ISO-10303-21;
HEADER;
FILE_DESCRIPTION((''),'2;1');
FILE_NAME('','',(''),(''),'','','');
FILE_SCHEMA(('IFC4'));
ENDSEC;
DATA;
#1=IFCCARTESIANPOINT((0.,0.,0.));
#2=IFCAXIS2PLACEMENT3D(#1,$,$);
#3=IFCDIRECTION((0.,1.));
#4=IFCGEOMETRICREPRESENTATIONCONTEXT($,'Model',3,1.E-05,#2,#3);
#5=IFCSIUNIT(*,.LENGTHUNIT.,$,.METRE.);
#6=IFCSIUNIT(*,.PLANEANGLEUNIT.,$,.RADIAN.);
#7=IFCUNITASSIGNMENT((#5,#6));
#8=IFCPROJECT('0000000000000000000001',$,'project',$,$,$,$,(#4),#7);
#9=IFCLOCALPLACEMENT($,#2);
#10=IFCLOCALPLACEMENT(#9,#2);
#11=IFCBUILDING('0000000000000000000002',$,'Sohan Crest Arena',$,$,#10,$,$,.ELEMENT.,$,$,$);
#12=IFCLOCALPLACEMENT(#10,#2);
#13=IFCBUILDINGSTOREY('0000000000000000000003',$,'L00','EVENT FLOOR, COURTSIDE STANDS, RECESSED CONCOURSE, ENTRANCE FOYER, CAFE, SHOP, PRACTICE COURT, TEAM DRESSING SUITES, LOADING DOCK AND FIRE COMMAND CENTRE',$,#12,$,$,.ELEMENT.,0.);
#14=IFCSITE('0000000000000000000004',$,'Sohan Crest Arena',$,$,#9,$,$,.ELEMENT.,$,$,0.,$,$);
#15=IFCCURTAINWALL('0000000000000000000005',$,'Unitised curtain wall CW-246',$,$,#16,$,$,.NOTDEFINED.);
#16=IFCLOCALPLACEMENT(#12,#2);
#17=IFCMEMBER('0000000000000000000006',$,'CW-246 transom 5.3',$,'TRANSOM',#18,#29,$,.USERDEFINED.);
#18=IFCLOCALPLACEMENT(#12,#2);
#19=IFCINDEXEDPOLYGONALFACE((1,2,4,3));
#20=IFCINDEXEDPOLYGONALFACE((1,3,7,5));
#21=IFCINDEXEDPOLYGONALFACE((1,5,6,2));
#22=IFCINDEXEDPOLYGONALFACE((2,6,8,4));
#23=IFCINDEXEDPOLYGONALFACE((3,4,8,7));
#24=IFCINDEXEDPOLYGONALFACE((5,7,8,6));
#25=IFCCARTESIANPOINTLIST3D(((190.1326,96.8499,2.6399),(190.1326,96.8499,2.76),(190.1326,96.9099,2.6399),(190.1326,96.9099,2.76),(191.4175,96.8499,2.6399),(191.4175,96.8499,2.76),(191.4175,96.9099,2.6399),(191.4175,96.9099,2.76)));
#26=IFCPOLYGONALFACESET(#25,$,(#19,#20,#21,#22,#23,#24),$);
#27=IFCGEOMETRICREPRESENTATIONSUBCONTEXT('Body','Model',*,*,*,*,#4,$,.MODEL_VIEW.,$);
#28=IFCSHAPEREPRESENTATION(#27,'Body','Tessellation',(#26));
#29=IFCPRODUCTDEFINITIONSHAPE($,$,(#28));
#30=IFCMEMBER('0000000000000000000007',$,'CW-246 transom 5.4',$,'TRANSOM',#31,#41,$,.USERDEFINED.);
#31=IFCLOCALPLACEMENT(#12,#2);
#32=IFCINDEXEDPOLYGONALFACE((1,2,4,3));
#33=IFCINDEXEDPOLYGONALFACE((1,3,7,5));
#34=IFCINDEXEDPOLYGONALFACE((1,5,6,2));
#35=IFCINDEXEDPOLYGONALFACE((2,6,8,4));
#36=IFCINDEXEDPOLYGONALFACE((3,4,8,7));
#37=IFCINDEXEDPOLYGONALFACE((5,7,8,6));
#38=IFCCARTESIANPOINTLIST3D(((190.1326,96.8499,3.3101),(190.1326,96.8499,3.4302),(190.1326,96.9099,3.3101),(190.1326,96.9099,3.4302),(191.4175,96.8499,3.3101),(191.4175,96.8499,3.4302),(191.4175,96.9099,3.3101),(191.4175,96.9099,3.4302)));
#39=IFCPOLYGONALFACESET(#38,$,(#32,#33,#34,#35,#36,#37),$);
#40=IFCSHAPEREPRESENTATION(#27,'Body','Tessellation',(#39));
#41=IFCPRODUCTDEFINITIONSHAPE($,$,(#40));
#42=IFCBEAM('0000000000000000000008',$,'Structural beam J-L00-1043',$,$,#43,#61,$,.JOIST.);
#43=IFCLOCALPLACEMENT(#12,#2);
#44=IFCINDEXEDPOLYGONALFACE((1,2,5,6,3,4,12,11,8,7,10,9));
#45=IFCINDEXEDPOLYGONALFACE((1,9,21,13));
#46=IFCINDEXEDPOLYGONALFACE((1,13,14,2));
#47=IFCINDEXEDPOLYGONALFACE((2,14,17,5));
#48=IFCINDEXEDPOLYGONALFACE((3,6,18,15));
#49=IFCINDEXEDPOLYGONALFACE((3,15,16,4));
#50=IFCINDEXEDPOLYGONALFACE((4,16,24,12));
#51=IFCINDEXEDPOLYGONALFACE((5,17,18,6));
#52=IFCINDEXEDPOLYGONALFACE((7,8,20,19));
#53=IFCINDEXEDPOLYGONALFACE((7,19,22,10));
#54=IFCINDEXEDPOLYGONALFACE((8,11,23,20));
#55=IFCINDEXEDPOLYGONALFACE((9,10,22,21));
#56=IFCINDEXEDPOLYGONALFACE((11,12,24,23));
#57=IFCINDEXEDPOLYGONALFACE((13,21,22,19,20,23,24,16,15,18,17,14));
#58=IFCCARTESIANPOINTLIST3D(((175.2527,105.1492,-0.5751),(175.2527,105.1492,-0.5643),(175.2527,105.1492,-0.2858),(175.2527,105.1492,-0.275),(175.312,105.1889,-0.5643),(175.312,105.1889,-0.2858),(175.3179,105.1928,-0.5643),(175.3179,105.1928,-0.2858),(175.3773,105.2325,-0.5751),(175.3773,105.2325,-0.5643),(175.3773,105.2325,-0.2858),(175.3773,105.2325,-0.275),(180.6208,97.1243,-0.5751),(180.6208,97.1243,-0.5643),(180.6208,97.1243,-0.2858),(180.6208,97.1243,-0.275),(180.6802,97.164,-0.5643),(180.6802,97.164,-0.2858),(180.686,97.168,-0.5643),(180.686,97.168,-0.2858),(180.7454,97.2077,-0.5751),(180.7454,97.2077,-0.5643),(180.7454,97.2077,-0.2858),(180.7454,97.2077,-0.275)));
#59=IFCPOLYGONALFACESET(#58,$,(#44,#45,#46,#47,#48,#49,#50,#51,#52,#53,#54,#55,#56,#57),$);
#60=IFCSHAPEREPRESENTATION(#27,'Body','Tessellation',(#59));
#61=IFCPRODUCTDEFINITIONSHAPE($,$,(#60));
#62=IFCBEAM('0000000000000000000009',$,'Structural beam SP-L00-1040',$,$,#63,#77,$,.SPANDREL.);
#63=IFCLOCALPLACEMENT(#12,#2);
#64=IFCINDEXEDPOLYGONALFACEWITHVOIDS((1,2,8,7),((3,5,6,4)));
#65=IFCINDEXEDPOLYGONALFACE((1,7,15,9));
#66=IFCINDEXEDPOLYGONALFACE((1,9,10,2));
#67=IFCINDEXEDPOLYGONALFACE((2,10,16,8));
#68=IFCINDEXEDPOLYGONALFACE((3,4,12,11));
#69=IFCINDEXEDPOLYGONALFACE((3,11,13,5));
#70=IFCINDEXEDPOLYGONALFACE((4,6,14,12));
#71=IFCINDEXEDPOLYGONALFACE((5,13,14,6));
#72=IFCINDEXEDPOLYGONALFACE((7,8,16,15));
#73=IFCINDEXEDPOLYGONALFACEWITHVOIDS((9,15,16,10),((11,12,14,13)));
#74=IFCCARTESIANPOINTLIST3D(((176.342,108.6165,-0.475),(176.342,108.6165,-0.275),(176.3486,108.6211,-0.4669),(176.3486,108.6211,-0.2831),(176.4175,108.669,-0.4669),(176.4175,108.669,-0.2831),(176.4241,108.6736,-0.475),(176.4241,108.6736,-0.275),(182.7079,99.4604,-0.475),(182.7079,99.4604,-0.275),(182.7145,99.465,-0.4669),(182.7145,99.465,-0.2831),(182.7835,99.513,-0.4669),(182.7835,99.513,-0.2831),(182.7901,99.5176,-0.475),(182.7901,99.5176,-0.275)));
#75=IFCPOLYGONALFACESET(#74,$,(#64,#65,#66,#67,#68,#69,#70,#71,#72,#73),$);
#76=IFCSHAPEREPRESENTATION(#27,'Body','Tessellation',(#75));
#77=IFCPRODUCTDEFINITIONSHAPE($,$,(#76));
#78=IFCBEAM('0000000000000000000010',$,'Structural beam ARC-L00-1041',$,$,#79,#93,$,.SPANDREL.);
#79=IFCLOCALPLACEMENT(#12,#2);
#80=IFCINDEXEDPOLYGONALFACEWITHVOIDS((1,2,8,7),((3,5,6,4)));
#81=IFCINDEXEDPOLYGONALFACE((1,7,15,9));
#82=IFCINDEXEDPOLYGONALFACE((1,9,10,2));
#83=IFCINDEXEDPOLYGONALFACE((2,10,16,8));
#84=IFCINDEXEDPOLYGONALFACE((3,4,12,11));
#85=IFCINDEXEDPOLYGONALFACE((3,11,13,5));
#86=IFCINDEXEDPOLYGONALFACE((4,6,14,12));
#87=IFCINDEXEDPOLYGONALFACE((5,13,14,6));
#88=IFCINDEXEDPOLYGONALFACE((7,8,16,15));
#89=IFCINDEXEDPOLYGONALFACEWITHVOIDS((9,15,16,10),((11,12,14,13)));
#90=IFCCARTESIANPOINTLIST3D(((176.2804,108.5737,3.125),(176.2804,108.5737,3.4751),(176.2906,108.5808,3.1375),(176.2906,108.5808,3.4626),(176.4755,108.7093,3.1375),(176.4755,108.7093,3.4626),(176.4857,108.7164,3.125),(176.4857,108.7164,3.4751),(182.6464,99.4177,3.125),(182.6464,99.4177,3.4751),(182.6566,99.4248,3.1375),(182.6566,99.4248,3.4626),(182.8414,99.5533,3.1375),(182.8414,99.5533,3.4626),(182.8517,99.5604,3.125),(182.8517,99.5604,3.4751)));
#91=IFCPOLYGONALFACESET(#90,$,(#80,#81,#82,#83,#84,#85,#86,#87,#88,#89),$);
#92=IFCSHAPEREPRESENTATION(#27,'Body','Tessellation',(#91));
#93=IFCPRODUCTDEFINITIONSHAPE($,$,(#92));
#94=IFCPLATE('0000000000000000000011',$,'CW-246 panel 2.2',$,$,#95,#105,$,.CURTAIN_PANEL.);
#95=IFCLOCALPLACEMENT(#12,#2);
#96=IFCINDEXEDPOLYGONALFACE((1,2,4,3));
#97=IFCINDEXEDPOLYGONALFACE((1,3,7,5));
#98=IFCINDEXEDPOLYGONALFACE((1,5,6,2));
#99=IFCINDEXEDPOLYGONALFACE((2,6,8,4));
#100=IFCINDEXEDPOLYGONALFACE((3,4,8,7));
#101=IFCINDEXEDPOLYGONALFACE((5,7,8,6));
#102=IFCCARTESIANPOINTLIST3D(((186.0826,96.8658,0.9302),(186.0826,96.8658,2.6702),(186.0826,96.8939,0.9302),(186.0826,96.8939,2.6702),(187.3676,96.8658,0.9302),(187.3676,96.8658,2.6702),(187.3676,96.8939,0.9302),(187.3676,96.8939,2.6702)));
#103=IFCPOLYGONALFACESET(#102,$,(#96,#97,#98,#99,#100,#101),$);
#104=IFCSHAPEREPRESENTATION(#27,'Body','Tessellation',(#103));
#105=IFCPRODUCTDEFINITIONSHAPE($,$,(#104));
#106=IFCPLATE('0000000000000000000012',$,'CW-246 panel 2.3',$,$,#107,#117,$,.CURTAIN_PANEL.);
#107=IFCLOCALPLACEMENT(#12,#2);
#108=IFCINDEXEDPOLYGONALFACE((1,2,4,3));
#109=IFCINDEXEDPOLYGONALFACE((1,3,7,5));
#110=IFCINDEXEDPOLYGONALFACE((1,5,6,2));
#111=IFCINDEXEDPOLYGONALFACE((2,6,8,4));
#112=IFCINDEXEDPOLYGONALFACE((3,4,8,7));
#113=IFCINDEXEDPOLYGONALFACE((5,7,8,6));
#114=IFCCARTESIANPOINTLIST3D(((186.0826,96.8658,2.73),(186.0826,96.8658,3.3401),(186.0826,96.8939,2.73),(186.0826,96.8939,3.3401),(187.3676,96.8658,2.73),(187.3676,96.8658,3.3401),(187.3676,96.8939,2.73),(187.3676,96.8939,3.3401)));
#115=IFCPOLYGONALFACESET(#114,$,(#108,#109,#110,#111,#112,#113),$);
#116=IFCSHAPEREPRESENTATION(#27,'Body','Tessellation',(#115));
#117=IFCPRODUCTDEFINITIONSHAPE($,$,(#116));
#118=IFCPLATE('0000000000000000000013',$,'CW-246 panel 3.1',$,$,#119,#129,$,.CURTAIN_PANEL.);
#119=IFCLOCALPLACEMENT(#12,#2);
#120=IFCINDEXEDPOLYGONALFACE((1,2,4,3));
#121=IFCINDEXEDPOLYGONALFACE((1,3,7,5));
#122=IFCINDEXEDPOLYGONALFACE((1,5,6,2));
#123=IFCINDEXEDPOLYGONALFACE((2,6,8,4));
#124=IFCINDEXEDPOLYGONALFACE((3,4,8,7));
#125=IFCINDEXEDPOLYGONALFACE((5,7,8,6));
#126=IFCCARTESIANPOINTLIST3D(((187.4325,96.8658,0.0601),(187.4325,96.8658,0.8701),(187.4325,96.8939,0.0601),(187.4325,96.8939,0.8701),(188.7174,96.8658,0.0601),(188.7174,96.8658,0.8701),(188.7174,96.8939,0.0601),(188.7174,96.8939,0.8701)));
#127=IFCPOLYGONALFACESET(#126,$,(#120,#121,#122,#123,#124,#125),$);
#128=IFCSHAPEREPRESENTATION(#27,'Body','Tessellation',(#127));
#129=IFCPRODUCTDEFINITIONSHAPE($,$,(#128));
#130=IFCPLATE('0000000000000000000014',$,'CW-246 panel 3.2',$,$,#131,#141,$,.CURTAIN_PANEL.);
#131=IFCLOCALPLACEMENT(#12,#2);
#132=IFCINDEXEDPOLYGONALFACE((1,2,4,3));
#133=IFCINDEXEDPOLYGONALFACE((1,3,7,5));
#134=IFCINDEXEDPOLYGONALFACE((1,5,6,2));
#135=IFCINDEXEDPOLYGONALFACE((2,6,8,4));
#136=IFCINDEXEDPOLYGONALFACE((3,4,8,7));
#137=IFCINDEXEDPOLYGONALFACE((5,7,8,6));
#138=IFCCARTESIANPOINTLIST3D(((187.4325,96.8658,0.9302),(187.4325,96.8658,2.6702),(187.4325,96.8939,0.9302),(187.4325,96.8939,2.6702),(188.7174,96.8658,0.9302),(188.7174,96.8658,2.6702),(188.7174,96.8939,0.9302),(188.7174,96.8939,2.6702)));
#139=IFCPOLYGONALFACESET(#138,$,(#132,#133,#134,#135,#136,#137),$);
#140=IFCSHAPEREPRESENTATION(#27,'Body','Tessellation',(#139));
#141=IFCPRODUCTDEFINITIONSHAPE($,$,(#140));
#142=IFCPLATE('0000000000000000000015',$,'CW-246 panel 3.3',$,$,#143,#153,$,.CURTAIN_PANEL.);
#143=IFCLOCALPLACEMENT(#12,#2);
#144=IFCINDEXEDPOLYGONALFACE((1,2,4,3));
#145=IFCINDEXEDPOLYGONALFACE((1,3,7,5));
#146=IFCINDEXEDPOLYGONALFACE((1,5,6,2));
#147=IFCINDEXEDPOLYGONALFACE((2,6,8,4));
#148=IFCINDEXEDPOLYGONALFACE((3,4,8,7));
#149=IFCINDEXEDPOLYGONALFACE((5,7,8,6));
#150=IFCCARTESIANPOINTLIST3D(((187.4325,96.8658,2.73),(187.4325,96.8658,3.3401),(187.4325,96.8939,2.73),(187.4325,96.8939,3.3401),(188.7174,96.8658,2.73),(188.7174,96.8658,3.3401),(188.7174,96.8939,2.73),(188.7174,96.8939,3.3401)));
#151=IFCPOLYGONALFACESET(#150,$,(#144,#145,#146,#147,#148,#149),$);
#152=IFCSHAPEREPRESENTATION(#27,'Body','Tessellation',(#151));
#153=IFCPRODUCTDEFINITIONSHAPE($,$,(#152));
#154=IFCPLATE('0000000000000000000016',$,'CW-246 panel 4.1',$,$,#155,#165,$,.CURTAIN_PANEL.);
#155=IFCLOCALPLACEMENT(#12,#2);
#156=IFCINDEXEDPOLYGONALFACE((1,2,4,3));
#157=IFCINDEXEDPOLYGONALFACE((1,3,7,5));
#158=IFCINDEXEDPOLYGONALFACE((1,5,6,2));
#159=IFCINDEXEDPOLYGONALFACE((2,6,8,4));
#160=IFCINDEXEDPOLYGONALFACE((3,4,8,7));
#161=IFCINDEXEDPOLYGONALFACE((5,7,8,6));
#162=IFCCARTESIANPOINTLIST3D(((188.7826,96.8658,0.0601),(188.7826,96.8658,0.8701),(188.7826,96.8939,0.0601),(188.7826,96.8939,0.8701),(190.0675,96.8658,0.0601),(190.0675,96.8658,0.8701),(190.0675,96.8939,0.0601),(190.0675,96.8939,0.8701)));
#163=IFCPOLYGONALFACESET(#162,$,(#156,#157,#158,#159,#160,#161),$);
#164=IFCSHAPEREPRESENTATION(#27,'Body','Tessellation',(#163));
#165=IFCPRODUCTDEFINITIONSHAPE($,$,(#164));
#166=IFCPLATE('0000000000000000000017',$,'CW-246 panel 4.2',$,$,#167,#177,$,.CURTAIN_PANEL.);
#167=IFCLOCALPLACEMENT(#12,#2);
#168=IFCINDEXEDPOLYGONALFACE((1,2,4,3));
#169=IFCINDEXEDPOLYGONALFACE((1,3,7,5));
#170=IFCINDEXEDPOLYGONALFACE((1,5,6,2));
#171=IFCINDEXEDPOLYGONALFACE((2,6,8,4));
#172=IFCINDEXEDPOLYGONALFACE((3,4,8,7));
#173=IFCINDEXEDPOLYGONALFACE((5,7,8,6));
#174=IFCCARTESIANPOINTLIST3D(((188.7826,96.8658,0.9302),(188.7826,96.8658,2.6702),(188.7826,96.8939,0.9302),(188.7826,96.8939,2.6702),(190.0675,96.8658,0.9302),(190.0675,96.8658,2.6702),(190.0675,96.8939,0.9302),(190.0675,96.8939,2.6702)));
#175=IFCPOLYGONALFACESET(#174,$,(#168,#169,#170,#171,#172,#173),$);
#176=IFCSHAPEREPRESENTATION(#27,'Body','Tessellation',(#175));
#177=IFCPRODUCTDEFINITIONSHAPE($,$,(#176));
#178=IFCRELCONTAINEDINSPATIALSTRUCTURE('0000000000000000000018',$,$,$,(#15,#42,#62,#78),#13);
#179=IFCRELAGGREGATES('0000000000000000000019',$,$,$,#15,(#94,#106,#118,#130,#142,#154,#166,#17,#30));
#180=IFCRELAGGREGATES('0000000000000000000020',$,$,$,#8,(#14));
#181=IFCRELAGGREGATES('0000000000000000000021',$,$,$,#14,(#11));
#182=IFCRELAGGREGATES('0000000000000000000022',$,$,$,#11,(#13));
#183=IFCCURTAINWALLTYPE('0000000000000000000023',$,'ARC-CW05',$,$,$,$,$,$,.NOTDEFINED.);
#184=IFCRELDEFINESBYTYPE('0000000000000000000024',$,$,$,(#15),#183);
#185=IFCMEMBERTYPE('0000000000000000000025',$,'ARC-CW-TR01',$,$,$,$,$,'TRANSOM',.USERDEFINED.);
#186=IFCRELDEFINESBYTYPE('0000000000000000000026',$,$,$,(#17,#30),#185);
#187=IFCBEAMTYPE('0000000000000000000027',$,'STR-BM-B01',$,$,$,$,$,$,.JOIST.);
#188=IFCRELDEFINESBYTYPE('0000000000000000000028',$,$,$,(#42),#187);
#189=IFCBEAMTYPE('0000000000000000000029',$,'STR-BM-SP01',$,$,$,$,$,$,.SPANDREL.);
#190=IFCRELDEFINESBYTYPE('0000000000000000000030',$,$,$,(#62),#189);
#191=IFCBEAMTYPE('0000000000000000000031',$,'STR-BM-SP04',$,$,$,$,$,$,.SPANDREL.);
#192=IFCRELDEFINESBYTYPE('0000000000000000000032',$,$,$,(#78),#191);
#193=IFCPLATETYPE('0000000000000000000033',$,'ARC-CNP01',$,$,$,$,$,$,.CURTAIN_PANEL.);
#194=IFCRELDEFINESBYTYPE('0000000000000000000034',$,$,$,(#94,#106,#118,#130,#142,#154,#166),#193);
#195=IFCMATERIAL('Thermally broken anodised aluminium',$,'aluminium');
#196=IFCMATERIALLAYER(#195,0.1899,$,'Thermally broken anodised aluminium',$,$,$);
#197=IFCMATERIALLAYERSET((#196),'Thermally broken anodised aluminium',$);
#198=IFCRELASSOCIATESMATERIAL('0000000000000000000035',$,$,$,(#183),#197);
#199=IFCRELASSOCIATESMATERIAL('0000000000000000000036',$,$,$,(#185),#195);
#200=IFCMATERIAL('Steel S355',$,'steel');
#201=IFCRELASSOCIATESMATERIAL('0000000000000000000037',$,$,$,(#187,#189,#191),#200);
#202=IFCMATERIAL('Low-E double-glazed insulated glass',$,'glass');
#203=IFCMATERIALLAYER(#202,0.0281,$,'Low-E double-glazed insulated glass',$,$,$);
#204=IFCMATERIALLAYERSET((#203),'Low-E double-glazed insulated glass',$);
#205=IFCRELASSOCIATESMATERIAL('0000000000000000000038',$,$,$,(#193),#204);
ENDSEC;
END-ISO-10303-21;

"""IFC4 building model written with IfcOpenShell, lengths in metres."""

from ifc_helpers import new_model, si_unit, direction, frame, origin, origin_2d, place, context, subcontext, project, spatial, rectangle, hollow_rectangle, i_section, extrude, material, layer, layer_set, material_profile, profile_set, type_object, element, aggregate, save


model = new_model("IFC4")

# Units and contexts
model_context = context("Model", 3, precision=1e-05, world=origin(), true_north=direction((0.0, 1.0)))
body_context = subcontext(model_context, "Body", "Model", "MODEL_VIEW")
ifc_project = project(units=[si_unit("LENGTHUNIT", "METRE"), si_unit("PLANEANGLEUNIT", "RADIAN")], contexts=[model_context])

# Site, building, storey
site_placement = place(None, origin())
site = spatial("IfcSite", under=ifc_project, at=site_placement, Name="Sohan Crest Arena", CompositionType="ELEMENT", RefElevation=0.0)
building_placement = place(site_placement, origin())
building = spatial("IfcBuilding", under=site, at=building_placement, Name="Sohan Crest Arena", CompositionType="ELEMENT")
storey_placement = place(building_placement, origin())
storey = spatial("IfcBuildingStorey", under=building, at=storey_placement, Name="L00", Description="EVENT FLOOR, COURTSIDE STANDS, RECESSED CONCOURSE, ENTRANCE FOYER, CAFE, SHOP, PRACTICE COURT, TEAM DRESSING SUITES, LOADING DOCK AND FIRE COMMAND CENTRE", CompositionType="ELEMENT", Elevation=0.0)

# Curtain wall, members
ifc_material_1 = material(Name="Thermally broken anodised aluminium", Category="aluminium")
ifc_layer_1 = layer(ifc_material_1, 0.1899, Name="Thermally broken anodised aluminium")
ifc_layer_set_1 = layer_set([ifc_layer_1], Name="Thermally broken anodised aluminium")
curtain_wall_type = type_object("IfcCurtainWallType", Name="ARC-CW05", PredefinedType="NOTDEFINED", material=ifc_layer_set_1)
curtain_wall_placement = place(storey_placement, origin())
curtain_wall = element("IfcCurtainWall", 1, at=curtain_wall_placement, inside=storey, type_object=curtain_wall_type, Name="Unitised curtain wall CW-246", PredefinedType="NOTDEFINED")
ifc_material_profile_1 = material_profile(ifc_material_1, rectangle(XDim=0.0601, YDim=0.1201, at=origin_2d()), Name="ALU-TRAN 60x120")
ifc_profile_set_1 = profile_set([ifc_material_profile_1], Name="Thermally broken anodised aluminium")
member_type_1 = type_object("IfcMemberType", Name="ARC-CW-TR01", ElementType="TRANSOM", PredefinedType="USERDEFINED", material=ifc_profile_set_1)
member_1_placement = place(storey_placement, frame((190.1326, 96.8799, 2.7), z_axis=(1.0, 0.0, 0.0), x_axis=(0.0, 1.0, 0.0)))
member_1 = element("IfcMember", 2, at=member_1_placement, type_object=member_type_1, Name="CW-246 transom 5.3", ObjectType="TRANSOM", PredefinedType="USERDEFINED", context=body_context, shape_type="SweptSolid", body=[
    extrude(rectangle(XDim=0.0601, YDim=0.1201, at=origin_2d()), origin(), (0.0, 0.0, 1.0), 1.2849),
])
member_2_placement = place(storey_placement, frame((190.1326, 96.8799, 3.3701), z_axis=(1.0, 0.0, 0.0), x_axis=(0.0, 1.0, 0.0)))
member_2 = element("IfcMember", 3, at=member_2_placement, type_object=member_type_1, Name="CW-246 transom 5.4", ObjectType="TRANSOM", PredefinedType="USERDEFINED", context=body_context, shape_type="SweptSolid", body=[
    extrude(rectangle(XDim=0.0601, YDim=0.1201, at=origin_2d()), origin(), (0.0, 0.0, 1.0), 1.2849),
])

# Beams
ifc_material_2 = material(Name="Steel S355", Category="steel")
ifc_material_profile_2 = material_profile(ifc_material_2, i_section(OverallWidth=0.1499, OverallDepth=0.3, WebThickness=0.0071, FlangeThickness=0.0107, at=origin_2d()), Name="IPE 300")
ifc_profile_set_2 = profile_set([ifc_material_profile_2], Name="Steel S355")
beam_type_1 = type_object("IfcBeamType", Name="STR-BM-B01", PredefinedType="JOIST", material=ifc_profile_set_2)
beam_1_placement = place(storey_placement, frame((180.6831, 97.166, -0.425), z_axis=(-0.556007, 0.831178, 0.0), x_axis=(-0.831178, -0.556007, 0.0)))
element("IfcBeam", 4, at=beam_1_placement, inside=storey, type_object=beam_type_1, Name="Structural beam J-L00-1043", PredefinedType="JOIST", context=body_context, shape_type="SweptSolid", body=[
    extrude(i_section(OverallWidth=0.1499, OverallDepth=0.3, WebThickness=0.0071, FlangeThickness=0.0107, at=origin_2d()), origin(), (0.0, 0.0, 1.0), 9.6548),
])
ifc_material_profile_3 = material_profile(ifc_material_2, hollow_rectangle(XDim=0.1001, YDim=0.2, WallThickness=0.0081, at=origin_2d()), Name="RHS 200x100x8")
ifc_profile_set_3 = profile_set([ifc_material_profile_3], Name="Steel S355")
beam_type_2 = type_object("IfcBeamType", Name="STR-BM-SP01", PredefinedType="SPANDREL", material=ifc_profile_set_3)
beam_2_placement = place(storey_placement, frame((182.749, 99.489, -0.375), z_axis=(-0.570857, 0.821049, 0.0), x_axis=(-0.821049, -0.570857, 0.0)))
element("IfcBeam", 5, at=beam_2_placement, inside=storey, type_object=beam_type_2, Name="Structural beam SP-L00-1040", PredefinedType="SPANDREL", context=body_context, shape_type="SweptSolid", body=[
    extrude(hollow_rectangle(XDim=0.1001, YDim=0.2, WallThickness=0.0081, at=origin_2d()), origin(), (0.0, 0.0, 1.0), 11.1516),
])
ifc_material_profile_4 = material_profile(ifc_material_2, hollow_rectangle(XDim=0.25, YDim=0.3501, WallThickness=0.0125, at=origin_2d()), Name="RHS 350x250x12.5")
ifc_profile_set_4 = profile_set([ifc_material_profile_4], Name="Steel S355")
beam_type_3 = type_object("IfcBeamType", Name="STR-BM-SP04", PredefinedType="SPANDREL", material=ifc_profile_set_4)
beam_3_placement = place(storey_placement, frame((182.749, 99.489, 3.3), z_axis=(-0.570857, 0.821049, 0.0), x_axis=(-0.821049, -0.570857, 0.0)))
element("IfcBeam", 6, at=beam_3_placement, inside=storey, type_object=beam_type_3, Name="Structural beam ARC-L00-1041", PredefinedType="SPANDREL", context=body_context, shape_type="SweptSolid", body=[
    extrude(hollow_rectangle(XDim=0.25, YDim=0.3501, WallThickness=0.0125, at=origin_2d()), origin(), (0.0, 0.0, 1.0), 11.1516),
])

# Plates
ifc_material_3 = material(Name="Low-E double-glazed insulated glass", Category="glass")
ifc_layer_2 = layer(ifc_material_3, 0.0281, Name="Low-E double-glazed insulated glass")
ifc_layer_set_2 = layer_set([ifc_layer_2], Name="Low-E double-glazed insulated glass")
plate_type = type_object("IfcPlateType", Name="ARC-CNP01", PredefinedType="CURTAIN_PANEL", material=ifc_layer_set_2)
plate_1_placement = place(storey_placement, frame((186.7251, 96.8799, 0.9302), z_axis=(0.0, 0.0, 1.0), x_axis=(1.0, 0.0, 0.0)))
plate_1 = element("IfcPlate", 7, at=plate_1_placement, type_object=plate_type, Name="CW-246 panel 2.2", PredefinedType="CURTAIN_PANEL", context=body_context, shape_type="SweptSolid", body=[
    extrude(rectangle(XDim=1.2849, YDim=0.0281, at=origin_2d()), origin(), (0.0, 0.0, 1.0), 1.74),
])
plate_2_placement = place(storey_placement, frame((186.7251, 96.8799, 2.73), z_axis=(0.0, 0.0, 1.0), x_axis=(1.0, 0.0, 0.0)))
plate_2 = element("IfcPlate", 8, at=plate_2_placement, type_object=plate_type, Name="CW-246 panel 2.3", PredefinedType="CURTAIN_PANEL", context=body_context, shape_type="SweptSolid", body=[
    extrude(rectangle(XDim=1.2849, YDim=0.0281, at=origin_2d()), origin(), (0.0, 0.0, 1.0), 0.6101),
])
plate_3_placement = place(storey_placement, frame((188.075, 96.8799, 0.0601), z_axis=(0.0, 0.0, 1.0), x_axis=(1.0, 0.0, 0.0)))
plate_3 = element("IfcPlate", 9, at=plate_3_placement, type_object=plate_type, Name="CW-246 panel 3.1", PredefinedType="CURTAIN_PANEL", context=body_context, shape_type="SweptSolid", body=[
    extrude(rectangle(XDim=1.2849, YDim=0.0281, at=origin_2d()), origin(), (0.0, 0.0, 1.0), 0.8101),
])
plate_4_placement = place(storey_placement, frame((188.075, 96.8799, 0.9302), z_axis=(0.0, 0.0, 1.0), x_axis=(1.0, 0.0, 0.0)))
plate_4 = element("IfcPlate", 10, at=plate_4_placement, type_object=plate_type, Name="CW-246 panel 3.2", PredefinedType="CURTAIN_PANEL", context=body_context, shape_type="SweptSolid", body=[
    extrude(rectangle(XDim=1.2849, YDim=0.0281, at=origin_2d()), origin(), (0.0, 0.0, 1.0), 1.74),
])
plate_5_placement = place(storey_placement, frame((188.075, 96.8799, 2.73), z_axis=(0.0, 0.0, 1.0), x_axis=(1.0, 0.0, 0.0)))
plate_5 = element("IfcPlate", 11, at=plate_5_placement, type_object=plate_type, Name="CW-246 panel 3.3", PredefinedType="CURTAIN_PANEL", context=body_context, shape_type="SweptSolid", body=[
    extrude(rectangle(XDim=1.2849, YDim=0.0281, at=origin_2d()), origin(), (0.0, 0.0, 1.0), 0.6101),
])
plate_6_placement = place(storey_placement, frame((189.425, 96.8799, 0.0601), z_axis=(0.0, 0.0, 1.0), x_axis=(1.0, 0.0, 0.0)))
plate_6 = element("IfcPlate", 12, at=plate_6_placement, type_object=plate_type, Name="CW-246 panel 4.1", PredefinedType="CURTAIN_PANEL", context=body_context, shape_type="SweptSolid", body=[
    extrude(rectangle(XDim=1.2849, YDim=0.0281, at=origin_2d()), origin(), (0.0, 0.0, 1.0), 0.8101),
])
plate_7_placement = place(storey_placement, frame((189.425, 96.8799, 0.9302), z_axis=(0.0, 0.0, 1.0), x_axis=(1.0, 0.0, 0.0)))
plate_7 = element("IfcPlate", 13, at=plate_7_placement, type_object=plate_type, Name="CW-246 panel 4.2", PredefinedType="CURTAIN_PANEL", context=body_context, shape_type="SweptSolid", body=[
    extrude(rectangle(XDim=1.2849, YDim=0.0281, at=origin_2d()), origin(), (0.0, 0.0, 1.0), 1.74),
])
aggregate(curtain_wall, [plate_1, plate_2, plate_3, plate_4, plate_5, plate_6, plate_7, member_1, member_2])

save(model, "model.ifc")
